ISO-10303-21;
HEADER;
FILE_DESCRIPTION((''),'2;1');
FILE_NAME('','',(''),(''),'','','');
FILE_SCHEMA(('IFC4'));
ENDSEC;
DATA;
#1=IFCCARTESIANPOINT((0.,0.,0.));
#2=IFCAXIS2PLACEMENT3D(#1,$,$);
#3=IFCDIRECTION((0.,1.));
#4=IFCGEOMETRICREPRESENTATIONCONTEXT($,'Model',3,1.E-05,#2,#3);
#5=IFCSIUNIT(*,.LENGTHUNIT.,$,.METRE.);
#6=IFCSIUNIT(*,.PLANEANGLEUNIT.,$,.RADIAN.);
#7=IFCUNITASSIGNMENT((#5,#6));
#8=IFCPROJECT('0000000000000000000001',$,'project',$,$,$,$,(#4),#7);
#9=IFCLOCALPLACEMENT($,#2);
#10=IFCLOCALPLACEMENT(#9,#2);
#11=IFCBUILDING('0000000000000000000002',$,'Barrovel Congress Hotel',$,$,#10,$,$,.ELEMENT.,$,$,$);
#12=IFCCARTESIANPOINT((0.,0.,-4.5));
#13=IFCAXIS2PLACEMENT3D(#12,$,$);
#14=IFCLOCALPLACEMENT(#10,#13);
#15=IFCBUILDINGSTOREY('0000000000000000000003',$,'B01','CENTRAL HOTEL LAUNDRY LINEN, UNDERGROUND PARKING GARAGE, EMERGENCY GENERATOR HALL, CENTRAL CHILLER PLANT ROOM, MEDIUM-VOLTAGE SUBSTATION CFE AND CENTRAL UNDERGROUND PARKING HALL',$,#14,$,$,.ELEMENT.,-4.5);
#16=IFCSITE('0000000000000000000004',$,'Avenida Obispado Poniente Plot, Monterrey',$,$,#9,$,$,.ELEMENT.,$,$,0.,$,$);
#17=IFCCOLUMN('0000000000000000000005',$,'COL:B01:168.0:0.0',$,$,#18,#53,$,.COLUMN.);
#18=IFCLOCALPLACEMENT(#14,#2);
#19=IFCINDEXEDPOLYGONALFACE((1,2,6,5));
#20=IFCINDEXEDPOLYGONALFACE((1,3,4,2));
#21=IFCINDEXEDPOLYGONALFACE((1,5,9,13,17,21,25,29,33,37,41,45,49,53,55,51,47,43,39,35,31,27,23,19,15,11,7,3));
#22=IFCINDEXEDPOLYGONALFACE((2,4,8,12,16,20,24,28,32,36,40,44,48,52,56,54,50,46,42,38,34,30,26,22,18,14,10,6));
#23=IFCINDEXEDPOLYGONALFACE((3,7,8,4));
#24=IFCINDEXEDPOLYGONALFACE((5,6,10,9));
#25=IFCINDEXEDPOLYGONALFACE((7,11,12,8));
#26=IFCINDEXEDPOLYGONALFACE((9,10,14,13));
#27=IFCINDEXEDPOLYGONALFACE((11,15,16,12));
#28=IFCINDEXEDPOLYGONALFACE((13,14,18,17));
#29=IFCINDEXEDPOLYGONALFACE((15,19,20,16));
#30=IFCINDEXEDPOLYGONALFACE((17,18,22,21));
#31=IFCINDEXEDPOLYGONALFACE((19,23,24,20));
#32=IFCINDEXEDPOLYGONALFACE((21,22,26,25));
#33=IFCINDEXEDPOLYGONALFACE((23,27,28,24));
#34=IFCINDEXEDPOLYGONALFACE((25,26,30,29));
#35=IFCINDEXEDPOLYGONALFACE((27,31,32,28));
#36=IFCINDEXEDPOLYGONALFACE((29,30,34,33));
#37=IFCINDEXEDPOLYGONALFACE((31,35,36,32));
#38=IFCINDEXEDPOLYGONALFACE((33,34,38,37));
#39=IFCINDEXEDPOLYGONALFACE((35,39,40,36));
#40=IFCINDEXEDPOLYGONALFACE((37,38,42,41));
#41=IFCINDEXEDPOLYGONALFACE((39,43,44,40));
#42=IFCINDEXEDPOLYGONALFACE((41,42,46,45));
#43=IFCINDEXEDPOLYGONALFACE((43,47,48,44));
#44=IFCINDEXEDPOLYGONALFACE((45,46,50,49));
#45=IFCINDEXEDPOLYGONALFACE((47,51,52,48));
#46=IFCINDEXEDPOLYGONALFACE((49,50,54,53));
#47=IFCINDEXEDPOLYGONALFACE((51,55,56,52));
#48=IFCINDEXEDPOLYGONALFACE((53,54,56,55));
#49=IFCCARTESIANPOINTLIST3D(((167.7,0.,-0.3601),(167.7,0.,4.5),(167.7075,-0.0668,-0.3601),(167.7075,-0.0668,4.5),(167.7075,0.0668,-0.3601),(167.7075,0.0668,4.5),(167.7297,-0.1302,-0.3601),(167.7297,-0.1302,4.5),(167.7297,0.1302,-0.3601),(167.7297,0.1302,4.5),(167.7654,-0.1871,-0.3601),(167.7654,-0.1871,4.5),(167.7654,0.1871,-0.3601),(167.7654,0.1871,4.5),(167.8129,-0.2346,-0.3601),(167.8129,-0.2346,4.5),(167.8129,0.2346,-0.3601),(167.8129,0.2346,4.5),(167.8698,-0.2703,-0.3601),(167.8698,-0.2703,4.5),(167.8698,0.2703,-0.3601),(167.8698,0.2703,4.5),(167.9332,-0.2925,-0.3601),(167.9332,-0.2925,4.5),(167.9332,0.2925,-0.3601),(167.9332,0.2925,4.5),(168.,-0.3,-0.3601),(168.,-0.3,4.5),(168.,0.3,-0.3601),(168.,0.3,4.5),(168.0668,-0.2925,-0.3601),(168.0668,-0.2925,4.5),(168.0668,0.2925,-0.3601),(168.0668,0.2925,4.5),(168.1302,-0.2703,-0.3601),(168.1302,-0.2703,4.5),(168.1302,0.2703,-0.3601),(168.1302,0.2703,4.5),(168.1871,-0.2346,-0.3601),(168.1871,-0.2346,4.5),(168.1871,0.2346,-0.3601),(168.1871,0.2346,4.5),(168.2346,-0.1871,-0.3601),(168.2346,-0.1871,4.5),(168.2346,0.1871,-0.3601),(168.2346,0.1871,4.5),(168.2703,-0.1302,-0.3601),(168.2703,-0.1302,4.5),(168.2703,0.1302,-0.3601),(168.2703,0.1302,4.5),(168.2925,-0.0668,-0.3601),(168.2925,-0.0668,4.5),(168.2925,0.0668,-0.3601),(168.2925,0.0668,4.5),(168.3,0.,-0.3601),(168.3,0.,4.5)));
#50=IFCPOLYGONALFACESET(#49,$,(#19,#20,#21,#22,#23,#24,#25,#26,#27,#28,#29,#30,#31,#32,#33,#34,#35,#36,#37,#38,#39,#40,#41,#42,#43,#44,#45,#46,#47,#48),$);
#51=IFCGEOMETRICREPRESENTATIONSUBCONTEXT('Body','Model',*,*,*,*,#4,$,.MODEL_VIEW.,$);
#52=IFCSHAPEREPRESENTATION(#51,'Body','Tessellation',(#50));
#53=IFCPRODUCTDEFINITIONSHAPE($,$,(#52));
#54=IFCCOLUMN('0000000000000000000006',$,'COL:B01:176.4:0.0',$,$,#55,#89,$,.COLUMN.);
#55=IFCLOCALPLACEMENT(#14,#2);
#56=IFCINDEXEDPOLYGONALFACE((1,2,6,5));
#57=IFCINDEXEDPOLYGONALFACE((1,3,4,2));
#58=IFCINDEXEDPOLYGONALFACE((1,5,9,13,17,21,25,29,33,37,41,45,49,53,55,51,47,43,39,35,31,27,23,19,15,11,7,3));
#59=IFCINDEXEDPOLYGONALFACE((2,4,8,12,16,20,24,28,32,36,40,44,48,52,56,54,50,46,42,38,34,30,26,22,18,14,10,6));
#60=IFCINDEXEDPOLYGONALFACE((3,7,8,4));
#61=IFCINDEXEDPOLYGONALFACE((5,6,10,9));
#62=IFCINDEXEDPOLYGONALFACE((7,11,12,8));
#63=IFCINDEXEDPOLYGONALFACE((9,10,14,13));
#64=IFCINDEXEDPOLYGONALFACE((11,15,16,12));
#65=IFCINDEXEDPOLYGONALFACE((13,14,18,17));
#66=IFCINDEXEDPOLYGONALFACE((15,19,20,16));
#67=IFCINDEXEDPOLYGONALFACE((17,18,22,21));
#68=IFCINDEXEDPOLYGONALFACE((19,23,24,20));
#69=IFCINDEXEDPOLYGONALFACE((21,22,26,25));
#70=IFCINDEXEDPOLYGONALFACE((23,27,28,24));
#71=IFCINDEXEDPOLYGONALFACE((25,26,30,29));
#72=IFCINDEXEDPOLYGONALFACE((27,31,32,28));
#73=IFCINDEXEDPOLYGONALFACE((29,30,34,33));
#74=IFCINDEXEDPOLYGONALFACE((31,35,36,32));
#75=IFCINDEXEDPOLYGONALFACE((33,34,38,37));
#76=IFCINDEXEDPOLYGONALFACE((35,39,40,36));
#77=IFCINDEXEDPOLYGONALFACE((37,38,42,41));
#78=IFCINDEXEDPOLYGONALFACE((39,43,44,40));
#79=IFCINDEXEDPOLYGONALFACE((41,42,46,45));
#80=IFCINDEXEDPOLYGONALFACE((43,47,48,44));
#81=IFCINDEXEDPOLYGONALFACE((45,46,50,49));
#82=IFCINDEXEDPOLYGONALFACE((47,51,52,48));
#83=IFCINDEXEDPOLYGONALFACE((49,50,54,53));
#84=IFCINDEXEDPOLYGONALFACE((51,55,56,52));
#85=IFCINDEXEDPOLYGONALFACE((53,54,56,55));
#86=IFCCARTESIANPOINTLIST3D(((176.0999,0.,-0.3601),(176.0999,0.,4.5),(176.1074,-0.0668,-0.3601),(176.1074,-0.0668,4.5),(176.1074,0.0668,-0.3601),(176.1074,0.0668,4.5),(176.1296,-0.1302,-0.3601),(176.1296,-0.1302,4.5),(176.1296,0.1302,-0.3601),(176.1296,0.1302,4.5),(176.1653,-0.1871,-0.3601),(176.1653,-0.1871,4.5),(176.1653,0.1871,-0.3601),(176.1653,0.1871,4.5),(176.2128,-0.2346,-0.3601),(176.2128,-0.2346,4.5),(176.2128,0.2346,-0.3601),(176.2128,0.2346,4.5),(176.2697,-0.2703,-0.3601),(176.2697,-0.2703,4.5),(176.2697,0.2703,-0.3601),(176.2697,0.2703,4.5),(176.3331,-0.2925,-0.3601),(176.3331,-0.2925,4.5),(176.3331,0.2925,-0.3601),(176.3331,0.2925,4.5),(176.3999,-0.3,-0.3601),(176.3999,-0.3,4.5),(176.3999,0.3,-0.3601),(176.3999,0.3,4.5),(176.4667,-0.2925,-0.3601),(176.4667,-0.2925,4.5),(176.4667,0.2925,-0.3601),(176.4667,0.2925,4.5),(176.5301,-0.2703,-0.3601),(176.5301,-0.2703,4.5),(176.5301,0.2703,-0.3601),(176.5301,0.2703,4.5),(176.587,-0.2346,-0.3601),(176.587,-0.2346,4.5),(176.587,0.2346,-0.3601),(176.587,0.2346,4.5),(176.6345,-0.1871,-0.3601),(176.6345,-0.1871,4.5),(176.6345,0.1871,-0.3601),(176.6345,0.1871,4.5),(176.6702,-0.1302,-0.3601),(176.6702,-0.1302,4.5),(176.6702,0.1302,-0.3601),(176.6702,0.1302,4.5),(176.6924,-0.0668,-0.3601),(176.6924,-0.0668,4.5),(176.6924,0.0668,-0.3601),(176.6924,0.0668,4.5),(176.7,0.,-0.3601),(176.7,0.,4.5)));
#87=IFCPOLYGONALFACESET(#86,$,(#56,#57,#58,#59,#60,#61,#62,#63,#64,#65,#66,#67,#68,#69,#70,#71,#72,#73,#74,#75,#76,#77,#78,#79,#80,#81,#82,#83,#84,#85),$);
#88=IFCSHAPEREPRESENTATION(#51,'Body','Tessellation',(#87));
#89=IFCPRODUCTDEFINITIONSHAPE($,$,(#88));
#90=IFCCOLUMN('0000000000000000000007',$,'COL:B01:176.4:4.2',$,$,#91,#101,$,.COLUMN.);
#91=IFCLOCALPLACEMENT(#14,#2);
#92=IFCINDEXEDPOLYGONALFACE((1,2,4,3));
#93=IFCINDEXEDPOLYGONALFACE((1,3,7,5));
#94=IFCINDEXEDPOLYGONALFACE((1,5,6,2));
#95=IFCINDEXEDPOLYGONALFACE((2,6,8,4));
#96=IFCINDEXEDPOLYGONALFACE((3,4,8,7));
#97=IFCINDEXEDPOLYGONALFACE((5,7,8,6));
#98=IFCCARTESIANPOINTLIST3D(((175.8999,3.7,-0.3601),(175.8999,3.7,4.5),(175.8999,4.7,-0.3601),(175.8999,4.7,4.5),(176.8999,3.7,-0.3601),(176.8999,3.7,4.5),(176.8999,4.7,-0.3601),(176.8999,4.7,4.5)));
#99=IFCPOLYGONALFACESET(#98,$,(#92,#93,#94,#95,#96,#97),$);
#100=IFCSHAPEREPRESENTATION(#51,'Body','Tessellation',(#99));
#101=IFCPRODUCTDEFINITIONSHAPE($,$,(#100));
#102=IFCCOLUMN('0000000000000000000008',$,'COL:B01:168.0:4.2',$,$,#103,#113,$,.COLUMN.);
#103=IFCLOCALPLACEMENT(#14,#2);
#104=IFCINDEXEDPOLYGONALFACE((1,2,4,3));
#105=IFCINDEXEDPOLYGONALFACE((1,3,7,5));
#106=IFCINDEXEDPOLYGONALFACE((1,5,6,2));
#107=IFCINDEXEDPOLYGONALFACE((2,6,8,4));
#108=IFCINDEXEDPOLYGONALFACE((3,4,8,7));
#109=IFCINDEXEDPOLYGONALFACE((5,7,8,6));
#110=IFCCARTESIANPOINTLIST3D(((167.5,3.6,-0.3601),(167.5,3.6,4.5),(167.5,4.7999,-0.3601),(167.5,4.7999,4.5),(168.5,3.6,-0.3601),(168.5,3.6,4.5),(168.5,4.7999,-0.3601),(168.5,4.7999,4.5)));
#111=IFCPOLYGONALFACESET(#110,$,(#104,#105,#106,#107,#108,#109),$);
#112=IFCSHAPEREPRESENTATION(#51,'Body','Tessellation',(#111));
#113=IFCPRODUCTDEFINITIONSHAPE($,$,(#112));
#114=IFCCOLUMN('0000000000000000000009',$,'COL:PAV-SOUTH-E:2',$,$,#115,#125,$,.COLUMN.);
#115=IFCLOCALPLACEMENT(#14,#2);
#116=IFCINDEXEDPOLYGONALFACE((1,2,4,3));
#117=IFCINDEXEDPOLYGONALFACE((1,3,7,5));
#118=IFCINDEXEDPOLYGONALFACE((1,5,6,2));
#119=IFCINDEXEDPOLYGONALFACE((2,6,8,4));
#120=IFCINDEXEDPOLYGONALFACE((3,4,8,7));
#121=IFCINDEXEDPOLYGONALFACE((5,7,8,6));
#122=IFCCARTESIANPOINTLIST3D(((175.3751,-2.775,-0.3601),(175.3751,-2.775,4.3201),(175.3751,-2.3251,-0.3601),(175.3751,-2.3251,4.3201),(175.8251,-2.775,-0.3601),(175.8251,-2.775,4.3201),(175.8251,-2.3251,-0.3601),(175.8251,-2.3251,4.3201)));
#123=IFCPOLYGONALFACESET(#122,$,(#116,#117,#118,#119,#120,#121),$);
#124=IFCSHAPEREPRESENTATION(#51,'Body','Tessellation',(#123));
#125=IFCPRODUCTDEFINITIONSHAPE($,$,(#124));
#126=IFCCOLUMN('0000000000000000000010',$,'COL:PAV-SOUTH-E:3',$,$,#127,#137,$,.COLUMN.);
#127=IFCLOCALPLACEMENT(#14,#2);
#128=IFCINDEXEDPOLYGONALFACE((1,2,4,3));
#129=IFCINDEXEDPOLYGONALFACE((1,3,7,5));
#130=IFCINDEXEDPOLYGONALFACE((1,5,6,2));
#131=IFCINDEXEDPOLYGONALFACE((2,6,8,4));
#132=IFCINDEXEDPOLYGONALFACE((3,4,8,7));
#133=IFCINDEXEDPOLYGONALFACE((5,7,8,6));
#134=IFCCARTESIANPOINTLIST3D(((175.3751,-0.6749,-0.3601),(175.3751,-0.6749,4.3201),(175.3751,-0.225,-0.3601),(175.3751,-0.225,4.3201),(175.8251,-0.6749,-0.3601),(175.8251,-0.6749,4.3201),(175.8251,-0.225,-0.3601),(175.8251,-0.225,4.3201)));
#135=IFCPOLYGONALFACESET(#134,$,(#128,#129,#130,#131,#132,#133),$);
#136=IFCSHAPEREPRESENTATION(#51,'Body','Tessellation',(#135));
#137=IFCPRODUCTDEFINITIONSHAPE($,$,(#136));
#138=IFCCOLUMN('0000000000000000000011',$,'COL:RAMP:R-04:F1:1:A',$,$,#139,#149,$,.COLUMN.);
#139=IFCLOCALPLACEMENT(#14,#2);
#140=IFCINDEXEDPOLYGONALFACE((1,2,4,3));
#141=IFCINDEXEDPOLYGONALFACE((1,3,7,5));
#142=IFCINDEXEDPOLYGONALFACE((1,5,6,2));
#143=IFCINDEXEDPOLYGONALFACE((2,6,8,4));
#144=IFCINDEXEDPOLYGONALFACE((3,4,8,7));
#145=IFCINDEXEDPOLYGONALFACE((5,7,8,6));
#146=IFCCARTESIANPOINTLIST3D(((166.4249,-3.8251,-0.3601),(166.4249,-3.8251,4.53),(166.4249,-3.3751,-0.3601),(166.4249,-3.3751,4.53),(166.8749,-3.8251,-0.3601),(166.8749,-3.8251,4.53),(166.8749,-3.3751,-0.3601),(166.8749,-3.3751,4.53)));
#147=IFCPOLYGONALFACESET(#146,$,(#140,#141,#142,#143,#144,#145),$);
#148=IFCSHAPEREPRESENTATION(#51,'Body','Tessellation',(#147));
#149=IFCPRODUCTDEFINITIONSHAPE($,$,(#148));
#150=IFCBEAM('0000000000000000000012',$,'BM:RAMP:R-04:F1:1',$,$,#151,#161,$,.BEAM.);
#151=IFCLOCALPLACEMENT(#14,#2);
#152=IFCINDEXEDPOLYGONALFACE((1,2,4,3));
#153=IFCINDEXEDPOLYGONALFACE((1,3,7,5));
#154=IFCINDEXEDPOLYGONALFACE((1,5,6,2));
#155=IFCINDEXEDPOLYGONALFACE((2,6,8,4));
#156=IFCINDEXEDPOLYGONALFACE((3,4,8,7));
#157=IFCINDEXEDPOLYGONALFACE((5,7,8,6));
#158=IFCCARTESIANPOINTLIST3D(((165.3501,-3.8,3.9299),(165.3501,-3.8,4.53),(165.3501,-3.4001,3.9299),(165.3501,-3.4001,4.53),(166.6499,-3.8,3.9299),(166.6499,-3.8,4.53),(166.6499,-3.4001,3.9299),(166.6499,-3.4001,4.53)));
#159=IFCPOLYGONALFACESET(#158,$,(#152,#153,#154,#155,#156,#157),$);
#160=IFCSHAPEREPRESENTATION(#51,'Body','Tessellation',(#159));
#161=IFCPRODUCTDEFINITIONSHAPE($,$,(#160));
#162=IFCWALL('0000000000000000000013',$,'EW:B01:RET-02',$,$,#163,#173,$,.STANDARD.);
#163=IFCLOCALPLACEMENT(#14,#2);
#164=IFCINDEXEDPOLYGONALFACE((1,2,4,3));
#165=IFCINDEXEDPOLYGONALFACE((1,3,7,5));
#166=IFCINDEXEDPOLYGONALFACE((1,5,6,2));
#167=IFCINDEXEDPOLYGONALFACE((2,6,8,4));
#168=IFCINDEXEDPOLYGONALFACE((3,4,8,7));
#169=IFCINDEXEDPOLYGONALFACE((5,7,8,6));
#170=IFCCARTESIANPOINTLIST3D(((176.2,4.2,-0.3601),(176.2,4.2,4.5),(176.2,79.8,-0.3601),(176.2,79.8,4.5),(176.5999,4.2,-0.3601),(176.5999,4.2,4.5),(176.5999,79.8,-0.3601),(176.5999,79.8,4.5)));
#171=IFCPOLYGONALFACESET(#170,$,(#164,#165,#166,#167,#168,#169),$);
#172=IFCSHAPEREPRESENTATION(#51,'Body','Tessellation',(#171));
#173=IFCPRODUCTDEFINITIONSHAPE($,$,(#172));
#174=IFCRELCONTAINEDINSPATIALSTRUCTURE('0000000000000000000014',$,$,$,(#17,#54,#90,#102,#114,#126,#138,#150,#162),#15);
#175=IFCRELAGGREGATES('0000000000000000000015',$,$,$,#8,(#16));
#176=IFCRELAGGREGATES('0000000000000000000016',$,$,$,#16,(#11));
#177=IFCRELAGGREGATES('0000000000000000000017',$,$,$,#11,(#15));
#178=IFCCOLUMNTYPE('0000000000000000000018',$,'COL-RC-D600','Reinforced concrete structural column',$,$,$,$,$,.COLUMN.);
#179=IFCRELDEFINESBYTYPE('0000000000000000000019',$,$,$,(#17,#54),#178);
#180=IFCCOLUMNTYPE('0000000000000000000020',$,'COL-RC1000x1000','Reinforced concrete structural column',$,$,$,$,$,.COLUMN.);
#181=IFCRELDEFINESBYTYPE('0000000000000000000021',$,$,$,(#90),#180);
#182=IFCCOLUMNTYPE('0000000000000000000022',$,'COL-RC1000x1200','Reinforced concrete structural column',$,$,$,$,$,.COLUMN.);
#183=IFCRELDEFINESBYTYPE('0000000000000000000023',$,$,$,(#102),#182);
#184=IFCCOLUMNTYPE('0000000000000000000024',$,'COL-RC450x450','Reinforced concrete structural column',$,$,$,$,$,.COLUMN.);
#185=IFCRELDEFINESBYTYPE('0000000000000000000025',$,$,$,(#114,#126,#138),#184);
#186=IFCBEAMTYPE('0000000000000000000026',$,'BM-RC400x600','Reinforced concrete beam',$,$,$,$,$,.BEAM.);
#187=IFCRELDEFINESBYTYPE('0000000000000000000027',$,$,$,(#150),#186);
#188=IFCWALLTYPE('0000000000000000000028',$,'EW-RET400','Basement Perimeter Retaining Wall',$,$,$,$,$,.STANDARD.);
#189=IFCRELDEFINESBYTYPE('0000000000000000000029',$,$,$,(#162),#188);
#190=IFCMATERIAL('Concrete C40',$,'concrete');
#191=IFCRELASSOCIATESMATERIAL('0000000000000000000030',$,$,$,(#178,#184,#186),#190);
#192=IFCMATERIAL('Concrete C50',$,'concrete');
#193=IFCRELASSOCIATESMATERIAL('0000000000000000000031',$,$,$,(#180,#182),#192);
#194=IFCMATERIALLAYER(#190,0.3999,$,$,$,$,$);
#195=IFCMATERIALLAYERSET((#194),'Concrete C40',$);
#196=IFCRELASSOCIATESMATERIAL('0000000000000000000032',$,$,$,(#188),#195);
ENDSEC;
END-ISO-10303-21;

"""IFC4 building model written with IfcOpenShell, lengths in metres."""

from ifc_helpers import new_model, si_unit, direction, frame, frame_2d, origin, origin_2d, place, context, subcontext, project, spatial, rectangle, circle, extrude, material, layer, layer_set, material_profile, profile_set, type_object, element, save


model = new_model("IFC4")

# Units and contexts
model_context = context("Model", 3, precision=1e-05, world=origin(), true_north=direction((0.0, 1.0)))
body_context = subcontext(model_context, "Body", "Model", "MODEL_VIEW")
ifc_project = project(units=[si_unit("LENGTHUNIT", "METRE"), si_unit("PLANEANGLEUNIT", "RADIAN")], contexts=[model_context])

# Site, building, storey
site_placement = place(None, origin())
site = spatial("IfcSite", under=ifc_project, at=site_placement, Name="Avenida Obispado Poniente Plot, Monterrey", CompositionType="ELEMENT", RefElevation=0.0)
building_placement = place(site_placement, origin())
building = spatial("IfcBuilding", under=site, at=building_placement, Name="Barrovel Congress Hotel", CompositionType="ELEMENT")
storey_placement = place(building_placement, frame((0.0, 0.0, -4.5)))
storey = spatial("IfcBuildingStorey", under=building, at=storey_placement, Name="B01", Description="CENTRAL HOTEL LAUNDRY LINEN, UNDERGROUND PARKING GARAGE, EMERGENCY GENERATOR HALL, CENTRAL CHILLER PLANT ROOM, MEDIUM-VOLTAGE SUBSTATION CFE AND CENTRAL UNDERGROUND PARKING HALL", CompositionType="ELEMENT", Elevation=-4.5)

# Shared definitions
ifc_material_1 = material(Name="Concrete C40", Category="concrete")

# Columns
ifc_material_profile_1 = material_profile(ifc_material_1, circle(Radius=0.3, at=origin_2d()), Name="RC-D600")
ifc_profile_set_1 = profile_set([ifc_material_profile_1], Name="Concrete C40")
column_type_1 = type_object("IfcColumnType", Name="COL-RC-D600", Description="Reinforced concrete structural column", PredefinedType="COLUMN", material=ifc_profile_set_1)
for number, where, z_axis, x_axis, name in (
    (1, (168.0, 0.0, -0.3601), (0.0, 0.0, 1.0), (1.0, 0.0, 0.0), "COL:B01:168.0:0.0"),
    (2, (176.3999, 0.0, -0.3601), (0.0, 0.0, 1.0), (1.0, 0.0, 0.0), "COL:B01:176.4:0.0"),
):
    element("IfcColumn", number, at=place(storey_placement, frame(where, z_axis=z_axis, x_axis=x_axis)), inside=storey, type_object=column_type_1, Name=name, PredefinedType="COLUMN", context=body_context, shape_type="SweptSolid", body=[
        extrude(circle(Radius=0.3, at=origin_2d()), origin(), (0.0, 0.0, 1.0), 4.8601),
    ])
ifc_material_2 = material(Name="Concrete C50", Category="concrete")
ifc_material_profile_2 = material_profile(ifc_material_2, rectangle(XDim=1.0, YDim=1.0, at=origin_2d()), Name="RC1000x1000")
ifc_profile_set_2 = profile_set([ifc_material_profile_2], Name="Concrete C50")
column_type_2 = type_object("IfcColumnType", Name="COL-RC1000x1000", Description="Reinforced concrete structural column", PredefinedType="COLUMN", material=ifc_profile_set_2)
column_1_placement = place(storey_placement, frame((176.3999, 4.2, -0.3601), z_axis=(0.0, 0.0, 1.0), x_axis=(1.0, 0.0, 0.0)))
element("IfcColumn", 3, at=column_1_placement, inside=storey, type_object=column_type_2, Name="COL:B01:176.4:4.2", PredefinedType="COLUMN", context=body_context, shape_type="SweptSolid", body=[
    extrude(rectangle(XDim=1.0, YDim=1.0, at=origin_2d()), origin(), (0.0, 0.0, 1.0), 4.8601),
])
ifc_material_profile_3 = material_profile(ifc_material_2, rectangle(XDim=1.0, YDim=1.2, at=origin_2d()), Name="RC1000x1200")
ifc_profile_set_3 = profile_set([ifc_material_profile_3], Name="Concrete C50")
column_type_3 = type_object("IfcColumnType", Name="COL-RC1000x1200", Description="Reinforced concrete structural column", PredefinedType="COLUMN", material=ifc_profile_set_3)
column_2_placement = place(storey_placement, frame((168.0, 4.2, -0.3601), z_axis=(0.0, 0.0, 1.0), x_axis=(1.0, 0.0, 0.0)))
element("IfcColumn", 4, at=column_2_placement, inside=storey, type_object=column_type_3, Name="COL:B01:168.0:4.2", PredefinedType="COLUMN", context=body_context, shape_type="SweptSolid", body=[
    extrude(rectangle(XDim=1.0, YDim=1.2, at=origin_2d()), origin(), (0.0, 0.0, 1.0), 4.8601),
])
ifc_material_profile_4 = material_profile(ifc_material_1, rectangle(XDim=0.45, YDim=0.45, at=origin_2d()), Name="RC450x450")
ifc_profile_set_4 = profile_set([ifc_material_profile_4], Name="Concrete C40")
column_type_4 = type_object("IfcColumnType", Name="COL-RC450x450", Description="Reinforced concrete structural column", PredefinedType="COLUMN", material=ifc_profile_set_4)
for number, where, z_axis, x_axis, name in (
    (5, (175.6001, -2.55, -0.3601), (0.0, 0.0, 1.0), (1.0, 0.0, 0.0), "COL:PAV-SOUTH-E:2"),
    (6, (175.6001, -0.45, -0.3601), (0.0, 0.0, 1.0), (1.0, 0.0, 0.0), "COL:PAV-SOUTH-E:3"),
):
    element("IfcColumn", number, at=place(storey_placement, frame(where, z_axis=z_axis, x_axis=x_axis)), inside=storey, type_object=column_type_4, Name=name, PredefinedType="COLUMN", context=body_context, shape_type="SweptSolid", body=[
        extrude(rectangle(XDim=0.45, YDim=0.45, at=origin_2d()), origin(), (0.0, 0.0, 1.0), 4.6802),
    ])
column_3_placement = place(storey_placement, frame((166.6499, -3.6001, -0.3601), z_axis=(0.0, 0.0, 1.0), x_axis=(1.0, 0.0, 0.0)))
element("IfcColumn", 7, at=column_3_placement, inside=storey, type_object=column_type_4, Name="COL:RAMP:R-04:F1:1:A", PredefinedType="COLUMN", context=body_context, shape_type="SweptSolid", body=[
    extrude(rectangle(XDim=0.45, YDim=0.45, at=origin_2d()), origin(), (0.0, 0.0, 1.0), 4.8901),
])

# Beam
ifc_material_profile_5 = material_profile(ifc_material_1, rectangle(XDim=0.3999, YDim=0.6001, at=origin_2d()), Name="RC400x600")
ifc_profile_set_5 = profile_set([ifc_material_profile_5], Name="Concrete C40")
beam_type = type_object("IfcBeamType", Name="BM-RC400x600", Description="Reinforced concrete beam", PredefinedType="BEAM", material=ifc_profile_set_5)
beam_placement = place(storey_placement, frame((166.6499, -3.6001, 4.23), z_axis=(-1.0, 0.0, 0.0), x_axis=(0.0, -1.0, 0.0)))
element("IfcBeam", 8, at=beam_placement, inside=storey, type_object=beam_type, Name="BM:RAMP:R-04:F1:1", PredefinedType="BEAM", context=body_context, shape_type="SweptSolid", body=[
    extrude(rectangle(XDim=0.3999, YDim=0.6001, at=origin_2d()), origin(), (0.0, 0.0, 1.0), 1.2998),
])

# Wall
ifc_layer = layer(ifc_material_1, 0.3999)
ifc_layer_set = layer_set([ifc_layer], Name="Concrete C40")
wall_type = type_object("IfcWallType", Name="EW-RET400", Description="Basement Perimeter Retaining Wall", PredefinedType="STANDARD", material=ifc_layer_set)
wall_placement = place(storey_placement, frame((176.3999, 4.2, -0.3601), z_axis=(0.0, 0.0, 1.0), x_axis=(0.0, 1.0, 0.0)))
element("IfcWall", 9, at=wall_placement, inside=storey, type_object=wall_type, Name="EW:B01:RET-02", PredefinedType="STANDARD", context=body_context, shape_type="SweptSolid", body=[
    extrude(rectangle(XDim=75.6001, YDim=0.3999, at=frame_2d((37.8, 0.0))), origin(), (0.0, 0.0, 1.0), 4.8601),
])

save(model, "model.ifc")
